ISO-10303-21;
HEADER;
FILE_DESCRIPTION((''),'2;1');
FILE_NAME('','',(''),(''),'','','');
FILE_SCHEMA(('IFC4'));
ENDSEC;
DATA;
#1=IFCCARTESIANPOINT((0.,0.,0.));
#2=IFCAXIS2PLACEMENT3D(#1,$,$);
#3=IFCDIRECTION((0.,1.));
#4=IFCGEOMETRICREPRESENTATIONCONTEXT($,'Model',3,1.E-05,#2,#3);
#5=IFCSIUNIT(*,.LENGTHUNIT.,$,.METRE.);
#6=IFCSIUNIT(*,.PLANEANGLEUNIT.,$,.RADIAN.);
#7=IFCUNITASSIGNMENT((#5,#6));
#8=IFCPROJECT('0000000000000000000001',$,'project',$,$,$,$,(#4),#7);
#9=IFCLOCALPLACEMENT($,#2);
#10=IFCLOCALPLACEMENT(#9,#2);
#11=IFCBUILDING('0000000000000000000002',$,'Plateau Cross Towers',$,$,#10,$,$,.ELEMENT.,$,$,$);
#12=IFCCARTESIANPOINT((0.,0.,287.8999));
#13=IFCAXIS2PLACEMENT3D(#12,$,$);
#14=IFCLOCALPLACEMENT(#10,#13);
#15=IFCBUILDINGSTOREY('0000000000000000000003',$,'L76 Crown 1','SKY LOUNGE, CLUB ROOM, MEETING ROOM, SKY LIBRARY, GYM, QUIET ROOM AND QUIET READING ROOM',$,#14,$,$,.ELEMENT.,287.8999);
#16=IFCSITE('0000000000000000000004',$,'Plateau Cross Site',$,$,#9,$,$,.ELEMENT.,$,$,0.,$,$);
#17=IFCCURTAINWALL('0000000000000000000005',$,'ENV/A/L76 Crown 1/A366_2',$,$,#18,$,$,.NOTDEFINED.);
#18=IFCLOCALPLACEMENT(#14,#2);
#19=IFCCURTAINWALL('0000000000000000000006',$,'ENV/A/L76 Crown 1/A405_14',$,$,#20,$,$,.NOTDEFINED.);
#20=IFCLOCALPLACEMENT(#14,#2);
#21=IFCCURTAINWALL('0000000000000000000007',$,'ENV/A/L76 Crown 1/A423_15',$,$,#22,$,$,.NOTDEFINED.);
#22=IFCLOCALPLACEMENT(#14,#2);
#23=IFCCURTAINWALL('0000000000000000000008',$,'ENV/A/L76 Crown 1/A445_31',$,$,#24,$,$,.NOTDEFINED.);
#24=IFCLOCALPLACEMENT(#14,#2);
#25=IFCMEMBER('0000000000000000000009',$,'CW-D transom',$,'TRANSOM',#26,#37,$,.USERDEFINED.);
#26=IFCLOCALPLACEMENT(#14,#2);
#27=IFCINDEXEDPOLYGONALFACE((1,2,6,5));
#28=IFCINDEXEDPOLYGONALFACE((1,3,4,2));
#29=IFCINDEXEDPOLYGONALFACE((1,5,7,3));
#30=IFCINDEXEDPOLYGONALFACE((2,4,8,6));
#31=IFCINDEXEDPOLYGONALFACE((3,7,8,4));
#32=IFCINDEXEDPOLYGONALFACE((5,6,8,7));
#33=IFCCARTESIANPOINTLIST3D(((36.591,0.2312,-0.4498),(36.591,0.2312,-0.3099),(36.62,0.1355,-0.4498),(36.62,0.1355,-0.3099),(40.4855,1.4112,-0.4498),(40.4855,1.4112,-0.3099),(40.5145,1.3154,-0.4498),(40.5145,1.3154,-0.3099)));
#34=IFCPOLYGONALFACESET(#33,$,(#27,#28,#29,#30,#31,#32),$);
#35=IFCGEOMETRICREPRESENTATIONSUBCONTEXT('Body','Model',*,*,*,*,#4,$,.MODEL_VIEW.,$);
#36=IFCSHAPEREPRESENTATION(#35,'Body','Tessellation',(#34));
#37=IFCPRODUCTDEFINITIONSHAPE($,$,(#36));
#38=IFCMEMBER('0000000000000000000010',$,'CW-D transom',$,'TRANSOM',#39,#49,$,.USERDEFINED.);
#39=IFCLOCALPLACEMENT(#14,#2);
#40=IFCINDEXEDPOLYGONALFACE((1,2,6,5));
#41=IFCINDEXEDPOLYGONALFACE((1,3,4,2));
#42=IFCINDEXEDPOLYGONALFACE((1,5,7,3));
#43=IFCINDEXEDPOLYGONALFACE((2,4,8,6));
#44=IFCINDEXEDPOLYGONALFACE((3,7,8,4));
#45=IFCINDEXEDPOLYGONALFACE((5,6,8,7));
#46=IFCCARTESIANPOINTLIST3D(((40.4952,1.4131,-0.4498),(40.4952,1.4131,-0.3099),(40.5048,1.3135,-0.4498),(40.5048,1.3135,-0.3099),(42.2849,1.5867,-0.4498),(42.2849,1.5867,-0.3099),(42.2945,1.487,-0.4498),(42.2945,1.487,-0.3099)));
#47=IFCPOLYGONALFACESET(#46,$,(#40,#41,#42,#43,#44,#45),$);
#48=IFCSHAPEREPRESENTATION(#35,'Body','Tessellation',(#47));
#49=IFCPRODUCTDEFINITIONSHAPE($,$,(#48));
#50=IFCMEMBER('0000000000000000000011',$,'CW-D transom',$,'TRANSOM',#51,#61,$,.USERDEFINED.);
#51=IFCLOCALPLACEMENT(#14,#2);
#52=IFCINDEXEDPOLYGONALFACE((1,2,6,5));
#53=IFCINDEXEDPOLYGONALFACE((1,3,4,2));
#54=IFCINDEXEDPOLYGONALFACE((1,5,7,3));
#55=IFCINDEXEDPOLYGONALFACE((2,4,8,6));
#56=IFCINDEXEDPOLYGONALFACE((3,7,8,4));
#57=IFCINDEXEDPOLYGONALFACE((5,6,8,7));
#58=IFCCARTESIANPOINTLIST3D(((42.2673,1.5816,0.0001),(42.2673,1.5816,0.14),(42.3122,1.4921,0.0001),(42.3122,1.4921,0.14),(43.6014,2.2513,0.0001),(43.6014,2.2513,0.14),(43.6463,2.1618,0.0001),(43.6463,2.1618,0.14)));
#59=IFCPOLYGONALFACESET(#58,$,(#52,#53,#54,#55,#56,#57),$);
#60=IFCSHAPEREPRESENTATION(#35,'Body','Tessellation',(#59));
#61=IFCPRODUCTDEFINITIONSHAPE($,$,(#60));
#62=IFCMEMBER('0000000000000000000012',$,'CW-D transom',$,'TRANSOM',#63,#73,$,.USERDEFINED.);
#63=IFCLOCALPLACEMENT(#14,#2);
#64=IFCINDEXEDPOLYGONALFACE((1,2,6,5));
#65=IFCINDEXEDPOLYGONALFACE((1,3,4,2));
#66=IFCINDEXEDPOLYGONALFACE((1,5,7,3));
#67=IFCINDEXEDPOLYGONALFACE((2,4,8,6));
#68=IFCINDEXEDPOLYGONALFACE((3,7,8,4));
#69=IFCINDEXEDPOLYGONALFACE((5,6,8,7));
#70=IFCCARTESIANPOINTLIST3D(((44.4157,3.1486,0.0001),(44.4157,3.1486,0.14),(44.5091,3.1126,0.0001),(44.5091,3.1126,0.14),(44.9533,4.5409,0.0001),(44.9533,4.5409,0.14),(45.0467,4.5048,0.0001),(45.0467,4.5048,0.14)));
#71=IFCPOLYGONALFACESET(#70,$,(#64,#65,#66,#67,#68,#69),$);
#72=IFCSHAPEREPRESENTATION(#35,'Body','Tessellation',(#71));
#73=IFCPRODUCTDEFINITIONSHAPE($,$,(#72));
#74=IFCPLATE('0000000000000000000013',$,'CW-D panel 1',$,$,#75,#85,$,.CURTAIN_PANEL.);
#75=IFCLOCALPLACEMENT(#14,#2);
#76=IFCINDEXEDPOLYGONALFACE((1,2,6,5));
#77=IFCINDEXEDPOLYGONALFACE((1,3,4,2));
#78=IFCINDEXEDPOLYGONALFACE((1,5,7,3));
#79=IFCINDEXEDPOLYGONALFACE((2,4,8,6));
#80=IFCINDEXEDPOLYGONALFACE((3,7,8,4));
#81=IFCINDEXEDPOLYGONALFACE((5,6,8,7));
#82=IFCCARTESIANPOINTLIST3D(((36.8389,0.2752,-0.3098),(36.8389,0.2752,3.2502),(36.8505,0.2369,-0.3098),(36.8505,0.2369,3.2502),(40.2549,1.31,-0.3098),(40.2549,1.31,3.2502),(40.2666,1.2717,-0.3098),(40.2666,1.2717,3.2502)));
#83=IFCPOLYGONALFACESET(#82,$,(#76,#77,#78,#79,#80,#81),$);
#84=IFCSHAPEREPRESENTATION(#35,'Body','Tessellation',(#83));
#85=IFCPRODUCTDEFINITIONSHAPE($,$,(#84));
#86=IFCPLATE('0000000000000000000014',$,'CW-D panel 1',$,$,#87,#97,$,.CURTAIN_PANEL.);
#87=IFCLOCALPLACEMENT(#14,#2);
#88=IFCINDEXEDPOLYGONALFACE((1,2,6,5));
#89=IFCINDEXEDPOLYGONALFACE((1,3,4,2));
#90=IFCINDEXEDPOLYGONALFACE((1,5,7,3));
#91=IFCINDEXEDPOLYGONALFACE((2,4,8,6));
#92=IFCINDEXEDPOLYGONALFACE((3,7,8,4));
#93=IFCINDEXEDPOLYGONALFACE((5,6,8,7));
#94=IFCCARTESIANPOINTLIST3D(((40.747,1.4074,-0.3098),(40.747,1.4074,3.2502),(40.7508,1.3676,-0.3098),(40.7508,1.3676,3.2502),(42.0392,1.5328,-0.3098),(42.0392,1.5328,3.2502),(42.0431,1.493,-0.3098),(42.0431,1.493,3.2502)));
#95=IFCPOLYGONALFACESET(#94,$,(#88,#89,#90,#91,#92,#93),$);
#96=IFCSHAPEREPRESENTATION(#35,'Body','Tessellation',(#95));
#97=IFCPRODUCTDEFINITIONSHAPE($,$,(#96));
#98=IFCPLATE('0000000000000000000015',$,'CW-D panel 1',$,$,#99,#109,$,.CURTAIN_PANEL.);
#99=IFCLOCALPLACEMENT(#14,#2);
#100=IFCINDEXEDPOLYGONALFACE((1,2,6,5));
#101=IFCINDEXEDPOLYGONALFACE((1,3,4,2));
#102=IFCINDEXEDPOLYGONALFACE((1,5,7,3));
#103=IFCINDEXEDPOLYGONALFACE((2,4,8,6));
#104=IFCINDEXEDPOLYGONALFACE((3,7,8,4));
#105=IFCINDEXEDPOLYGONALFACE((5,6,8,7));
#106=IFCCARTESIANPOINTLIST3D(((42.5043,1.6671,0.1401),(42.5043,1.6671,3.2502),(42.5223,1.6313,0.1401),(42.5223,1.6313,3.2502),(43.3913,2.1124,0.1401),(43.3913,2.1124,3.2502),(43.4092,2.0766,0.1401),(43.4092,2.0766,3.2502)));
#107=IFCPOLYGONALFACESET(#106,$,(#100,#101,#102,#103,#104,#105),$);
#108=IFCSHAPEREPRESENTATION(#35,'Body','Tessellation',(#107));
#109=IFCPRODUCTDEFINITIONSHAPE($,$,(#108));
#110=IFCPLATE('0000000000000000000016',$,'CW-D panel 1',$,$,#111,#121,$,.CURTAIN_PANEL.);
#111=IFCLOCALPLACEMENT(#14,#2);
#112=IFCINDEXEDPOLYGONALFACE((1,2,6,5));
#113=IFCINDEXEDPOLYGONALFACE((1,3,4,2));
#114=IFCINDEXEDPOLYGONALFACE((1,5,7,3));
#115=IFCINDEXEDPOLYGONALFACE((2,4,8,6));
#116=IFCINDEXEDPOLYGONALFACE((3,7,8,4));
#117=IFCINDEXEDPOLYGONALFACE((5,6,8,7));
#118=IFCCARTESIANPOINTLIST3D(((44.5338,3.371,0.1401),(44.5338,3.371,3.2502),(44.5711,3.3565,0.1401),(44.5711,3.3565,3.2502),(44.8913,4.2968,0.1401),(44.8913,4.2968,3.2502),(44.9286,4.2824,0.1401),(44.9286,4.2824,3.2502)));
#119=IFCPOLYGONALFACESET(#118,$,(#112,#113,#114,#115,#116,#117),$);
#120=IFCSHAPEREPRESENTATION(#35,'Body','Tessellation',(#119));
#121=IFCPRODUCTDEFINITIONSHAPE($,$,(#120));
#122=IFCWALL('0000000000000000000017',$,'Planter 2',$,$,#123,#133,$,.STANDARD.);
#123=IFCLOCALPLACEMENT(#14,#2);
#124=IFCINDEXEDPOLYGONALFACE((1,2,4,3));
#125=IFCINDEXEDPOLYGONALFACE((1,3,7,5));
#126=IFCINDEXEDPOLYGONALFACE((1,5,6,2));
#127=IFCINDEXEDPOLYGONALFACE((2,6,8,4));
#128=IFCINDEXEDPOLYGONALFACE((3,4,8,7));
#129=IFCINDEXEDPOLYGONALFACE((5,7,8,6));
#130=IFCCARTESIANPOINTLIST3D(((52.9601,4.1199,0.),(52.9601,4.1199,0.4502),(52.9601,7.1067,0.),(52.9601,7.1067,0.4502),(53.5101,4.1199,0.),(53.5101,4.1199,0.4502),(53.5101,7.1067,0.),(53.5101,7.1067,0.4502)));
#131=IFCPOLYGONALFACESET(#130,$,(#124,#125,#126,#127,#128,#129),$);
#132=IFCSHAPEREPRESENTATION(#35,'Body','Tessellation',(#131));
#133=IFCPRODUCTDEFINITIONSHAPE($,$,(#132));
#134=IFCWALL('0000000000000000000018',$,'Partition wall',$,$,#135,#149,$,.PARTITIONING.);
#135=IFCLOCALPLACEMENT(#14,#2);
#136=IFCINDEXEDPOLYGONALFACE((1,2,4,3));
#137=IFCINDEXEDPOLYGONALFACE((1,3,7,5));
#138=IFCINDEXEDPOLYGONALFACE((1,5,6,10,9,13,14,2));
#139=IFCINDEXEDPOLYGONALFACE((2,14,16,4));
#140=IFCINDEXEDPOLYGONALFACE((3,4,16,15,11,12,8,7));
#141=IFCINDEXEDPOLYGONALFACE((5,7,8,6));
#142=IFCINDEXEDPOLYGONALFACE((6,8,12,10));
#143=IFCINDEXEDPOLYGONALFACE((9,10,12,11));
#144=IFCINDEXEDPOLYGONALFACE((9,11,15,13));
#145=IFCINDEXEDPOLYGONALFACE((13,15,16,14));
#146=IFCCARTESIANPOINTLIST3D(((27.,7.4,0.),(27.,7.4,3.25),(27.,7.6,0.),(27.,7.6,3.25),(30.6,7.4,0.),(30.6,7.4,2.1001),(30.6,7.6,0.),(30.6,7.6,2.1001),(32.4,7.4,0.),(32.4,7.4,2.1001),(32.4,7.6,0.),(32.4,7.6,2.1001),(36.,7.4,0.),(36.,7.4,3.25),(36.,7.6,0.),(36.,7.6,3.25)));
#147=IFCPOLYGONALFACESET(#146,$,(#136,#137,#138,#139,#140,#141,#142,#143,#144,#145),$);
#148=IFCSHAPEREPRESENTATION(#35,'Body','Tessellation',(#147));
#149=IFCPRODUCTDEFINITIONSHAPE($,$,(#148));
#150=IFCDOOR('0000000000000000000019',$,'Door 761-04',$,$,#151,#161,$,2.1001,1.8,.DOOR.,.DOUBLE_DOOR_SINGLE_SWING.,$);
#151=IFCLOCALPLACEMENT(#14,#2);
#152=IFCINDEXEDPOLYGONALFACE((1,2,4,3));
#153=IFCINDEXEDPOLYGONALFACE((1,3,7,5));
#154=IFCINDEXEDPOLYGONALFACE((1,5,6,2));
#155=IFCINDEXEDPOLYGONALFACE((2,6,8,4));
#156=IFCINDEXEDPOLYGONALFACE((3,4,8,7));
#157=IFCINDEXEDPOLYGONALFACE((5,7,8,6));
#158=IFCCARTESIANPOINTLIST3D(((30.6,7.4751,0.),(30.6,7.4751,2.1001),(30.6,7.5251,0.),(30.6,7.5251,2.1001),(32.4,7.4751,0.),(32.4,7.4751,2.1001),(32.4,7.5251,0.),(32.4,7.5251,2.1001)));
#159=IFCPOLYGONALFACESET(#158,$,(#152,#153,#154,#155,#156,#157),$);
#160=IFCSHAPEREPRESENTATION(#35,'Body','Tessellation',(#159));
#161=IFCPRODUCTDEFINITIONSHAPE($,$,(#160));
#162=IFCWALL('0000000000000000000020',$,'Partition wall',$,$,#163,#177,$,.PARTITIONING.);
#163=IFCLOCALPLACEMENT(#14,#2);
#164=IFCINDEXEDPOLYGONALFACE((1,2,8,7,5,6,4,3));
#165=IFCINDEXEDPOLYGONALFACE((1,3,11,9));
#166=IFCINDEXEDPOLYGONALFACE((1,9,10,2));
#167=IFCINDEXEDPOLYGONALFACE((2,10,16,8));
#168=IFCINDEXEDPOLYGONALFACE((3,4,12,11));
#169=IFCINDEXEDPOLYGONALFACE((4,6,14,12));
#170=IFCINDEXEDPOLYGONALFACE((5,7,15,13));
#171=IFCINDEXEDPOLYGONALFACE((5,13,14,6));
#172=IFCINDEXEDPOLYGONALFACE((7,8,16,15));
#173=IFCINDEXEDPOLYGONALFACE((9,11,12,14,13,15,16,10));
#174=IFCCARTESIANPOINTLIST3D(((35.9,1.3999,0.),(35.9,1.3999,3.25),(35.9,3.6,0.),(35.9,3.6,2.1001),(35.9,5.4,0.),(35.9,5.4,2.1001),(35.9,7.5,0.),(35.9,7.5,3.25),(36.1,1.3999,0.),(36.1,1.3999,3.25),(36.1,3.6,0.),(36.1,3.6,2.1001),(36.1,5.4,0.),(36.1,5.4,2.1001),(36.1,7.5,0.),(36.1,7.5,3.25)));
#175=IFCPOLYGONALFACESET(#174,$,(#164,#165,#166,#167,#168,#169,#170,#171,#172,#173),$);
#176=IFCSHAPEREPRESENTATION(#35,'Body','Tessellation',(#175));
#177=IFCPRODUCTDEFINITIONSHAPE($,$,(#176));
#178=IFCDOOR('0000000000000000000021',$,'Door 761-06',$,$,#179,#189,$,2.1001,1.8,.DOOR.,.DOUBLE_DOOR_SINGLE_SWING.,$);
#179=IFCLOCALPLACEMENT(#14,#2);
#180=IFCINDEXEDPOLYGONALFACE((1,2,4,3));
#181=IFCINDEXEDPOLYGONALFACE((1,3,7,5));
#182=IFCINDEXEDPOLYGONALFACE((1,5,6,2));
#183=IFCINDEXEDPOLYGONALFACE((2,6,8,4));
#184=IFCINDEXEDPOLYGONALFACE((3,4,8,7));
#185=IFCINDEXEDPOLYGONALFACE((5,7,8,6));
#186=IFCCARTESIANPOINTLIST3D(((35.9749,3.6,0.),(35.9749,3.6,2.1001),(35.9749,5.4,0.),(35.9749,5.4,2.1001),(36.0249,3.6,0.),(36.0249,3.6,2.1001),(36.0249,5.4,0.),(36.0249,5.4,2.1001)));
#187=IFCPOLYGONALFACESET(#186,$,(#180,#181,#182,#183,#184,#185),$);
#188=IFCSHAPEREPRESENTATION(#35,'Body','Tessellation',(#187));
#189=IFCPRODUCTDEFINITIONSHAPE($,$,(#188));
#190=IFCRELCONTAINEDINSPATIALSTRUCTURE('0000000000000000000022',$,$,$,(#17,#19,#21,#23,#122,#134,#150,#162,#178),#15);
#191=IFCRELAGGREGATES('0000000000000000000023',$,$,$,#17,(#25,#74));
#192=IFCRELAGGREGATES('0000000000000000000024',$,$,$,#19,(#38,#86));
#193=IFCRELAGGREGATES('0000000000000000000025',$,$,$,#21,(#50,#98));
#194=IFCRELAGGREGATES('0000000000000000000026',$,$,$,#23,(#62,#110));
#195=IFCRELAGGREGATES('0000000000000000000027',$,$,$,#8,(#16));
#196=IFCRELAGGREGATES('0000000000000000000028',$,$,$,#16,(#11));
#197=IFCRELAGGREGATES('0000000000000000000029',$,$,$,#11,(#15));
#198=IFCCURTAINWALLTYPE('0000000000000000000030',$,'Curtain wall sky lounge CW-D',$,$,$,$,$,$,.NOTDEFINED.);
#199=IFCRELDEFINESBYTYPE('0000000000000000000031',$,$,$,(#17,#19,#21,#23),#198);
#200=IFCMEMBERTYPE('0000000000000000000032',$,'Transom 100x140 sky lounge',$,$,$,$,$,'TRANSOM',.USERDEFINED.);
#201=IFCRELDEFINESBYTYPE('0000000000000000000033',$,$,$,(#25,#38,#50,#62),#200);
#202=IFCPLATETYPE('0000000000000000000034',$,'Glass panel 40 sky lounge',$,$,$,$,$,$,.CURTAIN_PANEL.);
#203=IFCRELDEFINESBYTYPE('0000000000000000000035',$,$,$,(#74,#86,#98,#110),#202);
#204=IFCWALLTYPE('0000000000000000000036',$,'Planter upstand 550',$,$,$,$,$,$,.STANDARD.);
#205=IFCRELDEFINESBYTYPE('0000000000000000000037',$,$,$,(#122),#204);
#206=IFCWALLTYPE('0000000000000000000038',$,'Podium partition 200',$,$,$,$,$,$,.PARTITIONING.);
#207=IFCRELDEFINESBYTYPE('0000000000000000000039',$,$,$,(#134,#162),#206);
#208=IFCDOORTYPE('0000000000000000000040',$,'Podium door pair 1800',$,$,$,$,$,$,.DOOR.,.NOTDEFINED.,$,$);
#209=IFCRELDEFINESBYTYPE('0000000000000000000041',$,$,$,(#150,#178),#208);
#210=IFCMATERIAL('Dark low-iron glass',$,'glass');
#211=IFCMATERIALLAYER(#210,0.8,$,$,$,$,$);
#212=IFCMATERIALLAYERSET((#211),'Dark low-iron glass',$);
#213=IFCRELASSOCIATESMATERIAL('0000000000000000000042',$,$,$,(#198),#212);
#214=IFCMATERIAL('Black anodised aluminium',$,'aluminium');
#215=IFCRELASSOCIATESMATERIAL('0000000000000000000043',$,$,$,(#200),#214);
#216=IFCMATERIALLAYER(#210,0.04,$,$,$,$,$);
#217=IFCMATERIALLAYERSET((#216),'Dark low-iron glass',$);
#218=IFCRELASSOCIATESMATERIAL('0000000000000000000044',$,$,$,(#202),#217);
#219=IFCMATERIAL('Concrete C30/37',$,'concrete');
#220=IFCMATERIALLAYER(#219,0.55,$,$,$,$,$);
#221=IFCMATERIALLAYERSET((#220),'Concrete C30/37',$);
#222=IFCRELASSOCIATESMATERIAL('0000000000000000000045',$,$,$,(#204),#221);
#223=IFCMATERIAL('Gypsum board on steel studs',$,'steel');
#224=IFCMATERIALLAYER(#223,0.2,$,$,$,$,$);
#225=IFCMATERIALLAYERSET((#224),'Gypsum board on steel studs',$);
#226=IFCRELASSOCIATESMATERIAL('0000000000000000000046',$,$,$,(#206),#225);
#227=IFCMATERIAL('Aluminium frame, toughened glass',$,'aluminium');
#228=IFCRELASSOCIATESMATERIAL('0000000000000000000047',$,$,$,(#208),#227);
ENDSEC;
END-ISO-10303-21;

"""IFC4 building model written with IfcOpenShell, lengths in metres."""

from ifc_helpers import new_model, si_unit, direction, frame, frame_2d, origin, origin_2d, place, context, subcontext, project, spatial, rectangle, extrude, material, layer, layer_set, material_profile, profile_set, type_object, element, fill, aggregate, save


model = new_model("IFC4")

# Units and contexts
model_context = context("Model", 3, precision=1e-05, world=origin(), true_north=direction((0.0, 1.0)))
body_context = subcontext(model_context, "Body", "Model", "MODEL_VIEW")
ifc_project = project(units=[si_unit("LENGTHUNIT", "METRE"), si_unit("PLANEANGLEUNIT", "RADIAN")], contexts=[model_context])

# Site, building, storey
site_placement = place(None, origin())
site = spatial("IfcSite", under=ifc_project, at=site_placement, Name="Plateau Cross Site", CompositionType="ELEMENT", RefElevation=0.0)
building_placement = place(site_placement, origin())
building = spatial("IfcBuilding", under=site, at=building_placement, Name="Plateau Cross Towers", CompositionType="ELEMENT")
storey_placement = place(building_placement, frame((0.0, 0.0, 287.8999)))
storey = spatial("IfcBuildingStorey", under=building, at=storey_placement, Name="L76 Crown 1", Description="SKY LOUNGE, CLUB ROOM, MEETING ROOM, SKY LIBRARY, GYM, QUIET ROOM AND QUIET READING ROOM", CompositionType="ELEMENT", Elevation=287.8999)

# Curtain walls
ifc_material_1 = material(Name="Dark low-iron glass", Category="glass")
ifc_layer_1 = layer(ifc_material_1, 0.8)
ifc_layer_set_1 = layer_set([ifc_layer_1], Name="Dark low-iron glass")
curtain_wall_type = type_object("IfcCurtainWallType", Name="Curtain wall sky lounge CW-D", PredefinedType="NOTDEFINED", material=ifc_layer_set_1)
curtain_wall_1_placement = place(storey_placement, origin())
curtain_wall_1 = element("IfcCurtainWall", 1, at=curtain_wall_1_placement, inside=storey, type_object=curtain_wall_type, Name="ENV/A/L76 Crown 1/A366_2", PredefinedType="NOTDEFINED")
ifc_material_2 = material(Name="Black anodised aluminium", Category="aluminium")
curtain_wall_2_placement = place(storey_placement, origin())
curtain_wall_2 = element("IfcCurtainWall", 2, at=curtain_wall_2_placement, inside=storey, type_object=curtain_wall_type, Name="ENV/A/L76 Crown 1/A405_14", PredefinedType="NOTDEFINED")

# Curtain walls
curtain_wall_3_placement = place(storey_placement, origin())
curtain_wall_3 = element("IfcCurtainWall", 3, at=curtain_wall_3_placement, inside=storey, type_object=curtain_wall_type, Name="ENV/A/L76 Crown 1/A423_15", PredefinedType="NOTDEFINED")
curtain_wall_4_placement = place(storey_placement, origin())
curtain_wall_4 = element("IfcCurtainWall", 4, at=curtain_wall_4_placement, inside=storey, type_object=curtain_wall_type, Name="ENV/A/L76 Crown 1/A445_31", PredefinedType="NOTDEFINED")

# Members
ifc_material_profile_1 = material_profile(ifc_material_2, rectangle(XDim=0.1001, YDim=0.1399, at=origin_2d()), Name="TRANSOM 100x140")
ifc_profile_set_1 = profile_set([ifc_material_profile_1], Name="Black anodised aluminium")
member_type_1 = type_object("IfcMemberType", Name="Transom 100x140 sky lounge", ElementType="TRANSOM", PredefinedType="USERDEFINED", material=ifc_profile_set_1)
member_1_placement = place(storey_placement, frame((36.6055, 0.1833, -0.3799), z_axis=(0.95704, 0.289956, 0.0), x_axis=(-0.289956, 0.95704, 0.0)))
member_1 = element("IfcMember", 5, at=member_1_placement, type_object=member_type_1, Name="CW-D transom", ObjectType="TRANSOM", PredefinedType="USERDEFINED", context=body_context, shape_type="SweptSolid", body=[
    extrude(rectangle(XDim=0.1001, YDim=0.1399, at=origin_2d()), origin(), (0.0, 0.0, 1.0), 4.0693),
])
member_2_placement = place(storey_placement, frame((40.5, 1.3633, -0.3799), z_axis=(0.99533, 0.096532, 0.0), x_axis=(-0.096532, 0.99533, 0.0)))
member_2 = element("IfcMember", 6, at=member_2_placement, type_object=member_type_1, Name="CW-D transom", ObjectType="TRANSOM", PredefinedType="USERDEFINED", context=body_context, shape_type="SweptSolid", body=[
    extrude(rectangle(XDim=0.1001, YDim=0.1399, at=origin_2d()), origin(), (0.0, 0.0, 1.0), 1.7981),
])
member_3_placement = place(storey_placement, frame((42.2898, 1.5369, 0.0701), z_axis=(0.893706, 0.448652, 0.0), x_axis=(-0.448652, 0.893706, 0.0)))
member_3 = element("IfcMember", 7, at=member_3_placement, type_object=member_type_1, Name="CW-D transom", ObjectType="TRANSOM", PredefinedType="USERDEFINED", context=body_context, shape_type="SweptSolid", body=[
    extrude(rectangle(XDim=0.1001, YDim=0.1399, at=origin_2d()), origin(), (0.0, 0.0, 1.0), 1.4927),
])
member_4_placement = place(storey_placement, frame((44.4624, 3.1306, 0.0701), z_axis=(0.360195, 0.932877, 0.0), x_axis=(-0.932877, 0.360195, 0.0)))
member_4 = element("IfcMember", 8, at=member_4_placement, type_object=member_type_1, Name="CW-D transom", ObjectType="TRANSOM", PredefinedType="USERDEFINED", context=body_context, shape_type="SweptSolid", body=[
    extrude(rectangle(XDim=0.1001, YDim=0.1399, at=origin_2d()), origin(), (0.0, 0.0, 1.0), 1.4924),
])

# Plates
ifc_layer_2 = layer(ifc_material_1, 0.04)
ifc_layer_set_2 = layer_set([ifc_layer_2], Name="Dark low-iron glass")
plate_type = type_object("IfcPlateType", Name="Glass panel 40 sky lounge", PredefinedType="CURTAIN_PANEL", material=ifc_layer_set_2)
plate_1_placement = place(storey_placement, frame((38.5527, 0.7734, -0.3098), z_axis=(0.0, 0.0, 1.0), x_axis=(0.957048, 0.289928, 0.0)))
plate_1 = element("IfcPlate", 9, at=plate_1_placement, type_object=plate_type, Name="CW-D panel 1", PredefinedType="CURTAIN_PANEL", context=body_context, shape_type="SweptSolid", body=[
    extrude(rectangle(XDim=3.5693, YDim=0.04, at=origin_2d()), origin(), (0.0, 0.0, 1.0), 3.5601),
])
aggregate(curtain_wall_1, [member_1, plate_1])
plate_2_placement = place(storey_placement, frame((41.395, 1.4502, -0.3098), z_axis=(0.0, 0.0, 1.0), x_axis=(0.995323, 0.096606, 0.0)))
plate_2 = element("IfcPlate", 10, at=plate_2_placement, type_object=plate_type, Name="CW-D panel 1", PredefinedType="CURTAIN_PANEL", context=body_context, shape_type="SweptSolid", body=[
    extrude(rectangle(XDim=1.2983, YDim=0.04, at=origin_2d()), origin(), (0.0, 0.0, 1.0), 3.5601),
])
aggregate(curtain_wall_2, [member_2, plate_2])
plate_3_placement = place(storey_placement, frame((42.9568, 1.8718, 0.1401), z_axis=(0.0, 0.0, 1.0), x_axis=(0.893702, 0.448661, 0.0)))
plate_3 = element("IfcPlate", 11, at=plate_3_placement, type_object=plate_type, Name="CW-D panel 1", PredefinedType="CURTAIN_PANEL", context=body_context, shape_type="SweptSolid", body=[
    extrude(rectangle(XDim=0.9924, YDim=0.04, at=origin_2d()), origin(), (0.0, 0.0, 1.0), 3.1101),
])
aggregate(curtain_wall_3, [member_3, plate_3])
plate_4_placement = place(storey_placement, frame((44.7312, 3.8267, 0.1401), z_axis=(0.0, 0.0, 1.0), x_axis=(0.360226, 0.932865, 0.0)))
plate_4 = element("IfcPlate", 12, at=plate_4_placement, type_object=plate_type, Name="CW-D panel 1", PredefinedType="CURTAIN_PANEL", context=body_context, shape_type="SweptSolid", body=[
    extrude(rectangle(XDim=0.9924, YDim=0.04, at=origin_2d()), origin(), (0.0, 0.0, 1.0), 3.1101),
])
aggregate(curtain_wall_4, [member_4, plate_4])

# Wall
ifc_material_3 = material(Name="Concrete C30/37", Category="concrete")
ifc_layer_3 = layer(ifc_material_3, 0.55)
ifc_layer_set_3 = layer_set([ifc_layer_3], Name="Concrete C30/37")
wall_type_1 = type_object("IfcWallType", Name="Planter upstand 550", PredefinedType="STANDARD", material=ifc_layer_set_3)
wall_1_placement = place(storey_placement, frame((53.2351, 7.1067, 0.0), z_axis=(0.0, 0.0, 1.0), x_axis=(0.0, -1.0, 0.0)))
element("IfcWall", 13, at=wall_1_placement, inside=storey, type_object=wall_type_1, Name="Planter 2", PredefinedType="STANDARD", context=body_context, shape_type="SweptSolid", body=[
    extrude(rectangle(XDim=2.9868, YDim=0.55, at=frame_2d((1.4934, 0.0))), origin(), (0.0, 0.0, 1.0), 0.4502),
])

# Walls, openings, doors
ifc_material_4 = material(Name="Gypsum board on steel studs", Category="steel")
ifc_layer_4 = layer(ifc_material_4, 0.2)
ifc_layer_set_4 = layer_set([ifc_layer_4], Name="Gypsum board on steel studs")
wall_type_2 = type_object("IfcWallType", Name="Podium partition 200", PredefinedType="PARTITIONING", material=ifc_layer_set_4)
wall_2_placement = place(storey_placement, frame((36.0, 7.5, 0.0), z_axis=(0.0, 0.0, 1.0), x_axis=(-1.0, 0.0, 0.0)))
wall_2 = element("IfcWall", 14, at=wall_2_placement, inside=storey, type_object=wall_type_2, Name="Partition wall", PredefinedType="PARTITIONING", context=body_context, shape_type="SweptSolid", body=[
    extrude(rectangle(XDim=9.0, YDim=0.2, at=frame_2d((4.5, 0.0))), origin(), (0.0, 0.0, 1.0), 3.25),
])
opening_1_placement = place(wall_2_placement, frame((3.6001, 0.0, 0.0)))
opening_1 = element("IfcOpeningElement", 15, at=opening_1_placement, cuts=wall_2, PredefinedType="OPENING", context=body_context, shape_type="SweptSolid", body=[
    extrude(rectangle(XDim=1.8, YDim=2.1001, at=frame_2d((0.8999, 1.05))), frame((0.0, 0.1099, 0.0), z_axis=(0.0, -1.0, 0.0), x_axis=(1.0, 0.0, 0.0)), (0.0, 0.0, 1.0), 0.22),
])
ifc_material_5 = material(Name="Aluminium frame, toughened glass", Category="aluminium")
door_type_1 = type_object("IfcDoorType", Name="Podium door pair 1800", OperationType="NOTDEFINED", PredefinedType="DOOR", material=ifc_material_5)
door_1_placement = place(opening_1_placement, origin())
door_1 = element("IfcDoor", 16, at=door_1_placement, inside=storey, type_object=door_type_1, Name="Door 761-04", OperationType="DOUBLE_DOOR_SINGLE_SWING", OverallHeight=2.1001, OverallWidth=1.8, PredefinedType="DOOR", context=body_context, shape_type="SweptSolid", body=[
    extrude(rectangle(XDim=1.8, YDim=2.1001, at=frame_2d((0.8999, 1.05))), frame((0.0, 0.0249, 0.0), z_axis=(0.0, -1.0, 0.0), x_axis=(1.0, 0.0, 0.0)), (0.0, 0.0, 1.0), 0.05),
])
fill(opening_1, door_1)
wall_3_placement = place(storey_placement, frame((36.0, 7.5, 0.0), z_axis=(0.0, 0.0, 1.0), x_axis=(0.0, -1.0, 0.0)))
wall_3 = element("IfcWall", 17, at=wall_3_placement, inside=storey, type_object=wall_type_2, Name="Partition wall", PredefinedType="PARTITIONING", context=body_context, shape_type="SweptSolid", body=[
    extrude(rectangle(XDim=6.1001, YDim=0.2, at=frame_2d((3.05, 0.0))), origin(), (0.0, 0.0, 1.0), 3.25),
])
opening_2_placement = place(wall_3_placement, frame((2.1001, 0.0, 0.0)))
opening_2 = element("IfcOpeningElement", 18, at=opening_2_placement, cuts=wall_3, PredefinedType="OPENING", context=body_context, shape_type="SweptSolid", body=[
    extrude(rectangle(XDim=1.8, YDim=2.1001, at=frame_2d((0.8999, 1.05))), frame((0.0, 0.1099, 0.0), z_axis=(0.0, -1.0, 0.0), x_axis=(1.0, 0.0, 0.0)), (0.0, 0.0, 1.0), 0.22),
])
door_2_placement = place(opening_2_placement, origin())
door_2 = element("IfcDoor", 19, at=door_2_placement, inside=storey, type_object=door_type_1, Name="Door 761-06", OperationType="DOUBLE_DOOR_SINGLE_SWING", OverallHeight=2.1001, OverallWidth=1.8, PredefinedType="DOOR", context=body_context, shape_type="SweptSolid", body=[
    extrude(rectangle(XDim=1.8, YDim=2.1001, at=frame_2d((0.8999, 1.05))), frame((0.0, 0.0249, 0.0), z_axis=(0.0, -1.0, 0.0), x_axis=(1.0, 0.0, 0.0)), (0.0, 0.0, 1.0), 0.05),
])
fill(opening_2, door_2)

save(model, "model.ifc")
